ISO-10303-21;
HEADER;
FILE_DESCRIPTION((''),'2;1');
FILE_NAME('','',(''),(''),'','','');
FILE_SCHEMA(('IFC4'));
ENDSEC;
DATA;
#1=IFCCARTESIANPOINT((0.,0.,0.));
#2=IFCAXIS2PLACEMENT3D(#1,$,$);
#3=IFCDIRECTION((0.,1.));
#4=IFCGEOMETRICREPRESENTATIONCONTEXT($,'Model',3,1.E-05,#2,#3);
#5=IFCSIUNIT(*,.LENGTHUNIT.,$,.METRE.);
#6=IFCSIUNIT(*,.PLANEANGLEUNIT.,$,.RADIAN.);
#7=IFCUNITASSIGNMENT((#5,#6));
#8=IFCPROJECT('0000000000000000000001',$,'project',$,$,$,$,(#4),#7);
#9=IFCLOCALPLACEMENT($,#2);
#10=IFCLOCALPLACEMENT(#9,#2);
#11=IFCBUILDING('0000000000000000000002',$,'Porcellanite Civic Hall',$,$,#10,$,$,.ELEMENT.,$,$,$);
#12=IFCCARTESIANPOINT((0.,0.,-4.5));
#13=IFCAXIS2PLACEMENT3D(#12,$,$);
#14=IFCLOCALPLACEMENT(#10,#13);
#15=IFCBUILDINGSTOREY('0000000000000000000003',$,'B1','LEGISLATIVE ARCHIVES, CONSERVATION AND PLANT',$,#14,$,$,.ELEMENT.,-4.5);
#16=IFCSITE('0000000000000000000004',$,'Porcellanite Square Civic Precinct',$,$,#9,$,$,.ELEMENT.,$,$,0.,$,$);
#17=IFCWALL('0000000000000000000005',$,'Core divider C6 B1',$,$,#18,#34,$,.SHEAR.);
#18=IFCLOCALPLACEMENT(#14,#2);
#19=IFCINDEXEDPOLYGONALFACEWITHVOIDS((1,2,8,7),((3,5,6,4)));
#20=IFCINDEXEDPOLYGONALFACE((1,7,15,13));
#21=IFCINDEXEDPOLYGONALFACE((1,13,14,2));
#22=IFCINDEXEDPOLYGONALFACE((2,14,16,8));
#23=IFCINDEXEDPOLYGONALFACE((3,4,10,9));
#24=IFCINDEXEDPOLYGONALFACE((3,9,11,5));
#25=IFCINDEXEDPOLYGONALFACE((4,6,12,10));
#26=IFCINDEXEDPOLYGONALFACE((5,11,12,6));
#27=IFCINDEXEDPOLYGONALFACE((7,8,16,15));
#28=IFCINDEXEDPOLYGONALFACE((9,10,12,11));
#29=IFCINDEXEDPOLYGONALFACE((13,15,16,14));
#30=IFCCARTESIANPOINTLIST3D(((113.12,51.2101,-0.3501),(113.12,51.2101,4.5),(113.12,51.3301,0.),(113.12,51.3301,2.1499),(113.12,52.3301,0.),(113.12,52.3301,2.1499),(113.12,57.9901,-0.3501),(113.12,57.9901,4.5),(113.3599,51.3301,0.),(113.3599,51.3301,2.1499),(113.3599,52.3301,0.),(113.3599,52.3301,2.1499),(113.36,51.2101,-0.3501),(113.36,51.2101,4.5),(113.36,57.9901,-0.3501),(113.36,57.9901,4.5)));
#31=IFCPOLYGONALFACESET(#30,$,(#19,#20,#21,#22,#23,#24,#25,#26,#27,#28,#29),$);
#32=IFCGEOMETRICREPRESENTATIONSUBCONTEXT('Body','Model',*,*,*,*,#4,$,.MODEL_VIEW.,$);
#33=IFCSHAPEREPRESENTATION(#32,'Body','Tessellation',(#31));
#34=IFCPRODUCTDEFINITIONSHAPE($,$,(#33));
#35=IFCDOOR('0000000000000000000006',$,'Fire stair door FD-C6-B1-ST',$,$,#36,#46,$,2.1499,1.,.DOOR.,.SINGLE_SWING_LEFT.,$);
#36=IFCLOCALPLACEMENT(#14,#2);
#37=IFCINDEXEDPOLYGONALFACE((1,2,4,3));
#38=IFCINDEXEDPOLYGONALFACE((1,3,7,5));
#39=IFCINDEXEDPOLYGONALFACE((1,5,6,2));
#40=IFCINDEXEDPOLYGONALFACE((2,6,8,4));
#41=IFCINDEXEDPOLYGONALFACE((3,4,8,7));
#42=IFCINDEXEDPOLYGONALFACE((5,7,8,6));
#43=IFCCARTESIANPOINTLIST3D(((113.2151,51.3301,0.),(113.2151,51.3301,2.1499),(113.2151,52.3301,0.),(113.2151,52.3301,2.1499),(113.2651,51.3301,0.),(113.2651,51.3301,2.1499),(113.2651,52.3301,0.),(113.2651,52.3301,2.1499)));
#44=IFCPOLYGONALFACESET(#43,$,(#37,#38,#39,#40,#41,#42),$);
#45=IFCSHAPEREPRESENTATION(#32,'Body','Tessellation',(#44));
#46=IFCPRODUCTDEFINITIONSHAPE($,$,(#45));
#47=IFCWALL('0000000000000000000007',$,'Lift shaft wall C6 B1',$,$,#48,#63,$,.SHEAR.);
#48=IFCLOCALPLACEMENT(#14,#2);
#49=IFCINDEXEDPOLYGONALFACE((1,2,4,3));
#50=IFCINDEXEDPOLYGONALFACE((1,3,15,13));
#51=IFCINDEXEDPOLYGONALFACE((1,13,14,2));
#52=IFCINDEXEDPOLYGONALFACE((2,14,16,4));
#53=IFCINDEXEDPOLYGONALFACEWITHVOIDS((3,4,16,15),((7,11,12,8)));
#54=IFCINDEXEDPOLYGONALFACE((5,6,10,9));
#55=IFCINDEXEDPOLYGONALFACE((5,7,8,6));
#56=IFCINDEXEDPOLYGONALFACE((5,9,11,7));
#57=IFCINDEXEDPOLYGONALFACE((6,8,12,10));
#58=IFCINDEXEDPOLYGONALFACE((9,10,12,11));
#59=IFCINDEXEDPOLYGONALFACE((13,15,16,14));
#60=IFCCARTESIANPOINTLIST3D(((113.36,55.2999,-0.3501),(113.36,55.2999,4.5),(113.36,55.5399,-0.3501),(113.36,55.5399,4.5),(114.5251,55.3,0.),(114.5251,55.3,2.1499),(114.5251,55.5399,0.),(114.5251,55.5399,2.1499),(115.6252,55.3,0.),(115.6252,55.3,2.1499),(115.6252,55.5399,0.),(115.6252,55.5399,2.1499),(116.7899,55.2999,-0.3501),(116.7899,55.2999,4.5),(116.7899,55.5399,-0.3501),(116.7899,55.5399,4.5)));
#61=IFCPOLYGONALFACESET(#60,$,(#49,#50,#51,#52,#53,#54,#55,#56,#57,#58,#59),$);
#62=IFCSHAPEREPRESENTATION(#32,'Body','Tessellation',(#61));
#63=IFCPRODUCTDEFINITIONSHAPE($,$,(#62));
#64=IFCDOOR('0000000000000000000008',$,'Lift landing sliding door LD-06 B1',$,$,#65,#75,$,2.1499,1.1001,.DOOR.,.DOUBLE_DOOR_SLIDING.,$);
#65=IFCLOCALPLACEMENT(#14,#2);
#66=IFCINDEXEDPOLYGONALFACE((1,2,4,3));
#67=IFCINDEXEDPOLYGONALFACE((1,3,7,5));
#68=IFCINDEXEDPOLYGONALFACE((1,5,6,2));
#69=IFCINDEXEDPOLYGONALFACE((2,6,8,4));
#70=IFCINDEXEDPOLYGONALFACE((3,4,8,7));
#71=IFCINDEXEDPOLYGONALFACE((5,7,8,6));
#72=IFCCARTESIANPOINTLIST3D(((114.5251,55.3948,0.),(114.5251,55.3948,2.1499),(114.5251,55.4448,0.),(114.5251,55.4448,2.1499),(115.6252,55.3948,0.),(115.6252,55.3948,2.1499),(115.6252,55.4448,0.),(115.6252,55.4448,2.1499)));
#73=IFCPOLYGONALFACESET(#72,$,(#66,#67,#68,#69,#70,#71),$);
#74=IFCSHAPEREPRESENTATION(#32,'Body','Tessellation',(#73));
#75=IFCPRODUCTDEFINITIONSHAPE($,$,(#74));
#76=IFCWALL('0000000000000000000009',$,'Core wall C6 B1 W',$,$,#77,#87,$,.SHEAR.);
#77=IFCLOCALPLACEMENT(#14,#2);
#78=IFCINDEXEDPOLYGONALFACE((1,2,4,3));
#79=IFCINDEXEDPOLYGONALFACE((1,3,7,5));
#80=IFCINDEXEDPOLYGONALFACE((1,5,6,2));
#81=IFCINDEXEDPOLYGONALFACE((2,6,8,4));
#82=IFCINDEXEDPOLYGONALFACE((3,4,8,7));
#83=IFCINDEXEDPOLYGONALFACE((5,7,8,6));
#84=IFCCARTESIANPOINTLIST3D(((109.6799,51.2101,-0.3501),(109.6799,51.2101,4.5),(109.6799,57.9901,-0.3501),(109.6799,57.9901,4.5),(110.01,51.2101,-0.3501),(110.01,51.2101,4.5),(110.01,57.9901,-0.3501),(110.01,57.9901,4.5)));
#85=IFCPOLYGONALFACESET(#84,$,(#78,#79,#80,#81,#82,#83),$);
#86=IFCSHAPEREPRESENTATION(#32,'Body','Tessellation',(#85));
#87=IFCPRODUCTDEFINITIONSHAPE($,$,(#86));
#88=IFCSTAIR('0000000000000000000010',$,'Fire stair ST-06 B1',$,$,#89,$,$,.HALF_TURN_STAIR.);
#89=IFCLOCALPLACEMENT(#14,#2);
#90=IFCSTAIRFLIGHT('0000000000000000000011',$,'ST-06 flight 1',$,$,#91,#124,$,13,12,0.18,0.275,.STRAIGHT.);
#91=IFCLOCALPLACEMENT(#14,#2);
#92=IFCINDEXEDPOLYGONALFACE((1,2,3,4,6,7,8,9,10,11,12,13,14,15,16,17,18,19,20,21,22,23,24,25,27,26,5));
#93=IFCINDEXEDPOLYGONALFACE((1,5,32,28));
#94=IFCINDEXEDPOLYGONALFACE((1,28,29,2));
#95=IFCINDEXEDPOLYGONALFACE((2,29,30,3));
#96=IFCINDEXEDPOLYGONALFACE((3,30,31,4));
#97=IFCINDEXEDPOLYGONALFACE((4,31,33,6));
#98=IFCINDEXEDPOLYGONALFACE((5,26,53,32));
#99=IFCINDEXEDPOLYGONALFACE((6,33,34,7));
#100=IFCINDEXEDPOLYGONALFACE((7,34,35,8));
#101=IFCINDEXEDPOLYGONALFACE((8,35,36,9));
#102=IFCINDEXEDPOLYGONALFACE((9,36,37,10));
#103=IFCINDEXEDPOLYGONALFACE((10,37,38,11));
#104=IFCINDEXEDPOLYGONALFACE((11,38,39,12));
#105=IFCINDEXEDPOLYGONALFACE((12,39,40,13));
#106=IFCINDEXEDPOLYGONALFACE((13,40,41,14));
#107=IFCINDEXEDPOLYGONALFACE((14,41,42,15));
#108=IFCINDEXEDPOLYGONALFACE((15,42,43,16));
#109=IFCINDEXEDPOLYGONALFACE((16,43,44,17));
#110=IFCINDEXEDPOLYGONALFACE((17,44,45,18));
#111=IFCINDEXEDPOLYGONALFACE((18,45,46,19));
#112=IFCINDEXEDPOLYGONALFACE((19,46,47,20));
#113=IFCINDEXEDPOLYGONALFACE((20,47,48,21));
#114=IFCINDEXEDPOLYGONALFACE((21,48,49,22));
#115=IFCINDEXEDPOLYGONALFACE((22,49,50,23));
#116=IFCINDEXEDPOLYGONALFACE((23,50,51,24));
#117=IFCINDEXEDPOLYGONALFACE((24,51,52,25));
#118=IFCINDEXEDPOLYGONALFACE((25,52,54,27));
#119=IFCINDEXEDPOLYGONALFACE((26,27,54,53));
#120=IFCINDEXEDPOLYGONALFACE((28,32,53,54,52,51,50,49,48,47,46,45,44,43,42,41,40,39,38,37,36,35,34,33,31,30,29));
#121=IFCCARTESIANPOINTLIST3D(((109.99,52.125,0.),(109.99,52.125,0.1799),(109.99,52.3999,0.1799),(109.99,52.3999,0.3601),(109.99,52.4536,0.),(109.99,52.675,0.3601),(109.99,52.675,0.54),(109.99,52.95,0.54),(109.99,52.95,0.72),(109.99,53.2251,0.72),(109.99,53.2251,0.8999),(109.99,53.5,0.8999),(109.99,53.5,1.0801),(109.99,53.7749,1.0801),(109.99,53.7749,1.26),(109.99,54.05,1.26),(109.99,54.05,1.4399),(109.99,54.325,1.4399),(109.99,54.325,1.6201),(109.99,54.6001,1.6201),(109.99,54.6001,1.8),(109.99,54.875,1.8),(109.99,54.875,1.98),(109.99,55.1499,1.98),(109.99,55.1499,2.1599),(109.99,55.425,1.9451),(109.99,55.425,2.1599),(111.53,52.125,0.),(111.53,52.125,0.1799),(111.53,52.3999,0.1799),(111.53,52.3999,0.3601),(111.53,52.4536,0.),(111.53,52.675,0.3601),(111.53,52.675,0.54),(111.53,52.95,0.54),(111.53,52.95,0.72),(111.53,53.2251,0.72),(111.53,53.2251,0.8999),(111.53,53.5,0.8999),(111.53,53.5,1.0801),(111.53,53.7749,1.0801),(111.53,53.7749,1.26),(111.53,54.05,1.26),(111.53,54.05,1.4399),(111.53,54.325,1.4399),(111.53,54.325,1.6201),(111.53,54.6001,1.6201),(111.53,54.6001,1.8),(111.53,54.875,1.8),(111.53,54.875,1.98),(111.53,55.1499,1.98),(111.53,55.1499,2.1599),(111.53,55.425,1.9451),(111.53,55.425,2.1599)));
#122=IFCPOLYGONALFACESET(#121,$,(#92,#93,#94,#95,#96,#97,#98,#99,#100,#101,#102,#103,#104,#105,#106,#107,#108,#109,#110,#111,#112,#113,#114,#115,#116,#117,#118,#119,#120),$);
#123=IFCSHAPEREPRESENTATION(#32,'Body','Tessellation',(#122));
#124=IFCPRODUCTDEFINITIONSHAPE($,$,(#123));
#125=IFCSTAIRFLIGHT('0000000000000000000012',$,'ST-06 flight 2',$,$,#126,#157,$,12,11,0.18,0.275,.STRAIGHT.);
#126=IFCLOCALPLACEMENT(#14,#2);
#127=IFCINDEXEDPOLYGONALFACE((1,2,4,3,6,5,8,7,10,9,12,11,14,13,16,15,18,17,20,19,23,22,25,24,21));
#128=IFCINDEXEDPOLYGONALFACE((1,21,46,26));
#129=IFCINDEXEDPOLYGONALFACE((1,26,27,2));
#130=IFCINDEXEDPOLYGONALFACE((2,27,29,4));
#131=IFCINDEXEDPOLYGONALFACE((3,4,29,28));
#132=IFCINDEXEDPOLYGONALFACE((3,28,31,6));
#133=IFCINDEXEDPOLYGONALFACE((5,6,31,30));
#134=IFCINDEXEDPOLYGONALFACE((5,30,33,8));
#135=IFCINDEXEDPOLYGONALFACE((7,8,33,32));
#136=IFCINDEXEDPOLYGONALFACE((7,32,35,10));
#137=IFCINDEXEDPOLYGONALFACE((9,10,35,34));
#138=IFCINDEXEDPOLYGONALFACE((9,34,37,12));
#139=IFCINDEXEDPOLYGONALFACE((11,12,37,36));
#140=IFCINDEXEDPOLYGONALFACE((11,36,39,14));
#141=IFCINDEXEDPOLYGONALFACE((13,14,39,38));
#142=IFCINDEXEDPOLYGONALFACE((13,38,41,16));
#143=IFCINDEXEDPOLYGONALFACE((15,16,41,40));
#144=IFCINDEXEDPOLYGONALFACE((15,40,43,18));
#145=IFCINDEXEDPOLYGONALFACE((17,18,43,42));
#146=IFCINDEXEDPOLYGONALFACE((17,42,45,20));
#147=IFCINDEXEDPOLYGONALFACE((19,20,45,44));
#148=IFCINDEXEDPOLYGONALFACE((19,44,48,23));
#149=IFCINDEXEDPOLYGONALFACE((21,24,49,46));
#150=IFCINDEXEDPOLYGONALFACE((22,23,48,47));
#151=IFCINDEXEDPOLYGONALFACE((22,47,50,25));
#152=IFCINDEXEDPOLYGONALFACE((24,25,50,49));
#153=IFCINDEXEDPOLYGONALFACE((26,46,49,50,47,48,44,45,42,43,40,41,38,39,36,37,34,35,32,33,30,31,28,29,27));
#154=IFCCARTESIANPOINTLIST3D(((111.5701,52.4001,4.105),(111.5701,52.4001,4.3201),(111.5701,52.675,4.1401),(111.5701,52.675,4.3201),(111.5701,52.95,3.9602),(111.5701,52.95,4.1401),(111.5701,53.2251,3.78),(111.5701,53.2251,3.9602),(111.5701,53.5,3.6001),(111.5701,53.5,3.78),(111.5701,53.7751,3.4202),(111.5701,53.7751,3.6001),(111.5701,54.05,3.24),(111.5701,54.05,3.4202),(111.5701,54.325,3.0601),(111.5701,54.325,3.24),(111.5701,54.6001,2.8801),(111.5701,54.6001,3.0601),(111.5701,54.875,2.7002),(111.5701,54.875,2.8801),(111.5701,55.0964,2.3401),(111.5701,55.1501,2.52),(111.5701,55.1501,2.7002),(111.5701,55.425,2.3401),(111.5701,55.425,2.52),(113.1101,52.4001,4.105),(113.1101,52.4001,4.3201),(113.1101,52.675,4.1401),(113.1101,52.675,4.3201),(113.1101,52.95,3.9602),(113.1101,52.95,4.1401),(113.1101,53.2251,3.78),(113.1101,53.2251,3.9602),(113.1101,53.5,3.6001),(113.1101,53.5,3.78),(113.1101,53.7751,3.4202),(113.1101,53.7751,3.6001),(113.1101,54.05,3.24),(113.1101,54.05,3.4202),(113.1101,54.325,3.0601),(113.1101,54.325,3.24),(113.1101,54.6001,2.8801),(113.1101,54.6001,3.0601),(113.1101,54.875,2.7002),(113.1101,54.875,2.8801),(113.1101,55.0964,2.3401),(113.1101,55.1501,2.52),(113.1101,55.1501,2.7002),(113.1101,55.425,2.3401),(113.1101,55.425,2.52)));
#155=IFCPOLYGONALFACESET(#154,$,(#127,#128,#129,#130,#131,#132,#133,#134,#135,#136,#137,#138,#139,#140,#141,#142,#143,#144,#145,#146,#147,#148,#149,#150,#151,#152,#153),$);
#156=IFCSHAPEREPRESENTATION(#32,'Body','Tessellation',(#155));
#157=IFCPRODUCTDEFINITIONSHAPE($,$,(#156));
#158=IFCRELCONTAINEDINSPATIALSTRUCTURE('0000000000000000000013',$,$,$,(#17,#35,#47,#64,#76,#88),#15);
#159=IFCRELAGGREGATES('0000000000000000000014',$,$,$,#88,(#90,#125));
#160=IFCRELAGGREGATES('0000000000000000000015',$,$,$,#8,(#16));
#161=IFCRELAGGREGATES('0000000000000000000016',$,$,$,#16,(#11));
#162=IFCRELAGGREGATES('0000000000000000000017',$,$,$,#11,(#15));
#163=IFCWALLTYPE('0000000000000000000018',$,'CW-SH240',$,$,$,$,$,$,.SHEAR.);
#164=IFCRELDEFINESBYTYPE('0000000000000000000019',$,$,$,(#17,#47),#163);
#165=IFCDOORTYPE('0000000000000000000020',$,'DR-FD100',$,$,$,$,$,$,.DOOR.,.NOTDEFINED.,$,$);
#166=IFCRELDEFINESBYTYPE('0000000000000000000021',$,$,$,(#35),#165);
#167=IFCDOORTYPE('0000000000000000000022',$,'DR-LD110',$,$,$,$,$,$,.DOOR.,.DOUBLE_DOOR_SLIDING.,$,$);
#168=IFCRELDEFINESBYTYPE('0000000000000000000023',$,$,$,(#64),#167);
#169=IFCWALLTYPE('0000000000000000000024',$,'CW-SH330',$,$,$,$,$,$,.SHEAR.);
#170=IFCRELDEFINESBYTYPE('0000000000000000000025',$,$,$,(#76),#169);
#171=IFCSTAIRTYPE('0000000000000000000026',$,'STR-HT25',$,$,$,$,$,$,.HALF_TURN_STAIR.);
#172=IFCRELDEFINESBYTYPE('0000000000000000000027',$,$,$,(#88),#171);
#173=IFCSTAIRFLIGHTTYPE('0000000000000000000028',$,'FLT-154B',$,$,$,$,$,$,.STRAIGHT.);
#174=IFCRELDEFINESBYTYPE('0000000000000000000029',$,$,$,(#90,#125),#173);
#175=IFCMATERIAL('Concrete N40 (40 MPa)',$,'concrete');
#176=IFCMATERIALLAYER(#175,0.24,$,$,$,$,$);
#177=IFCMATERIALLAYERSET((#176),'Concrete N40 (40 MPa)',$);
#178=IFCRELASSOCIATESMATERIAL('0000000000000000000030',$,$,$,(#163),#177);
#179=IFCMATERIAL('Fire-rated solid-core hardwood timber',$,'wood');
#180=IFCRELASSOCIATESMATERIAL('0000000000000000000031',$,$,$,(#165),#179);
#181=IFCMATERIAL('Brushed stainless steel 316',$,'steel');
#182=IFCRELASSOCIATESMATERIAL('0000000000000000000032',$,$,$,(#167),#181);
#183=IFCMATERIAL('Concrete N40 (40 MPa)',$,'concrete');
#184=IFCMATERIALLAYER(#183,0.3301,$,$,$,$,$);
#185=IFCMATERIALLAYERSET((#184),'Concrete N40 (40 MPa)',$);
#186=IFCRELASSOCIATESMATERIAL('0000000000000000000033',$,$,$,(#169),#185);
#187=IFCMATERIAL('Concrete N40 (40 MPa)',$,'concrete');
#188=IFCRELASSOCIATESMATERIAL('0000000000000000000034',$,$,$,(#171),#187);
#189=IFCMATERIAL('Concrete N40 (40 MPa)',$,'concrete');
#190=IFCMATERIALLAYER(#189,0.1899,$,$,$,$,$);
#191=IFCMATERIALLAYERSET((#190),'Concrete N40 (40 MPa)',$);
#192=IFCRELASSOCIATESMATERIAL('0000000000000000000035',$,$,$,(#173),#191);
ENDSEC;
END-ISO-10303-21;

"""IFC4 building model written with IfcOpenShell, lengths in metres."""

from ifc_helpers import new_model, si_unit, direction, frame, frame_2d, origin, place, context, subcontext, project, spatial, polyline, rectangle, outline, extrude, material, layer, layer_set, type_object, element, fill, aggregate, save


model = new_model("IFC4")

# Units and contexts
model_context = context("Model", 3, precision=1e-05, world=origin(), true_north=direction((0.0, 1.0)))
body_context = subcontext(model_context, "Body", "Model", "MODEL_VIEW")
ifc_project = project(units=[si_unit("LENGTHUNIT", "METRE"), si_unit("PLANEANGLEUNIT", "RADIAN")], contexts=[model_context])

# Site, building, storey
site_placement = place(None, origin())
site = spatial("IfcSite", under=ifc_project, at=site_placement, Name="Porcellanite Square Civic Precinct", CompositionType="ELEMENT", RefElevation=0.0)
building_placement = place(site_placement, origin())
building = spatial("IfcBuilding", under=site, at=building_placement, Name="Porcellanite Civic Hall", CompositionType="ELEMENT")
storey_placement = place(building_placement, frame((0.0, 0.0, -4.5)))
storey = spatial("IfcBuildingStorey", under=building, at=storey_placement, Name="B1", Description="LEGISLATIVE ARCHIVES, CONSERVATION AND PLANT", CompositionType="ELEMENT", Elevation=-4.5)

# Walls, openings, doors
ifc_material_1 = material(Name="Concrete N40 (40 MPa)", Category="concrete")
ifc_layer_1 = layer(ifc_material_1, 0.24)
ifc_layer_set_1 = layer_set([ifc_layer_1], Name="Concrete N40 (40 MPa)")
wall_type_1 = type_object("IfcWallType", Name="CW-SH240", PredefinedType="SHEAR", material=ifc_layer_set_1)
wall_1_placement = place(storey_placement, frame((113.24, 51.21, -0.3501), z_axis=(0.0, 0.0, 1.0), x_axis=(0.0, 1.0, 0.0)))
wall_1 = element("IfcWall", 1, at=wall_1_placement, inside=storey, type_object=wall_type_1, Name="Core divider C6 B1", PredefinedType="SHEAR", context=body_context, shape_type="SweptSolid", body=[
    extrude(rectangle(XDim=6.78, YDim=0.24, at=frame_2d((3.3901, 0.0))), origin(), (0.0, 0.0, 1.0), 4.8501),
])
opening_1_placement = place(wall_1_placement, frame((0.1201, 0.0, 0.3501)))
opening_1 = element("IfcOpeningElement", 2, at=opening_1_placement, cuts=wall_1, PredefinedType="OPENING", context=body_context, shape_type="SweptSolid", body=[
    extrude(rectangle(XDim=1.0, YDim=2.1499, at=frame_2d((0.5, 1.075))), frame((0.0, 0.1201, 0.0), z_axis=(0.0, -1.0, 0.0), x_axis=(1.0, 0.0, 0.0)), (0.0, 0.0, 1.0), 0.24),
])
ifc_material_2 = material(Name="Fire-rated solid-core hardwood timber", Category="wood")
door_type_1 = type_object("IfcDoorType", Name="DR-FD100", OperationType="NOTDEFINED", PredefinedType="DOOR", material=ifc_material_2)
door_1_placement = place(opening_1_placement, origin())
door_1 = element("IfcDoor", 3, at=door_1_placement, inside=storey, type_object=door_type_1, Name="Fire stair door FD-C6-B1-ST", OperationType="SINGLE_SWING_LEFT", OverallHeight=2.1499, OverallWidth=1.0, PredefinedType="DOOR", context=body_context, shape_type="SweptSolid", body=[
    extrude(rectangle(XDim=1.0, YDim=2.1499, at=frame_2d((0.5, 1.075))), frame((0.0, 0.0249, 0.0), z_axis=(0.0, -1.0, 0.0), x_axis=(1.0, 0.0, 0.0)), (0.0, 0.0, 1.0), 0.05),
])
fill(opening_1, door_1)
wall_2_placement = place(storey_placement, frame((113.3601, 55.4199, -0.3501), z_axis=(0.0, 0.0, 1.0), x_axis=(1.0, 0.0, 0.0)))
wall_2 = element("IfcWall", 4, at=wall_2_placement, inside=storey, type_object=wall_type_1, Name="Lift shaft wall C6 B1", PredefinedType="SHEAR", context=body_context, shape_type="SweptSolid", body=[
    extrude(rectangle(XDim=3.4299, YDim=0.24, at=frame_2d((1.7148, 0.0))), origin(), (0.0, 0.0, 1.0), 4.8501),
])
opening_2_placement = place(wall_2_placement, frame((1.165, 0.0, 0.3501)))
opening_2 = element("IfcOpeningElement", 5, at=opening_2_placement, cuts=wall_2, PredefinedType="OPENING", context=body_context, shape_type="SweptSolid", body=[
    extrude(rectangle(XDim=1.1001, YDim=2.1499, at=frame_2d((0.55, 1.075))), frame((0.0, 0.1201, 0.0), z_axis=(0.0, -1.0, 0.0), x_axis=(1.0, 0.0, 0.0)), (0.0, 0.0, 1.0), 0.24),
])
ifc_material_3 = material(Name="Brushed stainless steel 316", Category="steel")
door_type_2 = type_object("IfcDoorType", Name="DR-LD110", OperationType="DOUBLE_DOOR_SLIDING", PredefinedType="DOOR", material=ifc_material_3)
door_2_placement = place(opening_2_placement, origin())
door_2 = element("IfcDoor", 6, at=door_2_placement, inside=storey, type_object=door_type_2, Name="Lift landing sliding door LD-06 B1", OperationType="DOUBLE_DOOR_SLIDING", OverallHeight=2.1499, OverallWidth=1.1001, PredefinedType="DOOR", context=body_context, shape_type="SweptSolid", body=[
    extrude(rectangle(XDim=1.1001, YDim=2.1499, at=frame_2d((0.55, 1.075))), frame((0.0, 0.0249, 0.0), z_axis=(0.0, -1.0, 0.0), x_axis=(1.0, 0.0, 0.0)), (0.0, 0.0, 1.0), 0.05),
])
fill(opening_2, door_2)

# Wall
ifc_material_4 = material(Name="Concrete N40 (40 MPa)", Category="concrete")
ifc_layer_2 = layer(ifc_material_4, 0.3301)
ifc_layer_set_2 = layer_set([ifc_layer_2], Name="Concrete N40 (40 MPa)")
wall_type_2 = type_object("IfcWallType", Name="CW-SH330", PredefinedType="SHEAR", material=ifc_layer_set_2)
wall_3_placement = place(storey_placement, frame((109.845, 51.21, -0.3501), z_axis=(0.0, 0.0, 1.0), x_axis=(0.0, 1.0, 0.0)))
element("IfcWall", 7, at=wall_3_placement, inside=storey, type_object=wall_type_2, Name="Core wall C6 B1 W", PredefinedType="SHEAR", context=body_context, shape_type="SweptSolid", body=[
    extrude(rectangle(XDim=6.78, YDim=0.3301, at=frame_2d((3.3901, 0.0))), origin(), (0.0, 0.0, 1.0), 4.8501),
])

# Stair, stair flights
ifc_material_5 = material(Name="Concrete N40 (40 MPa)", Category="concrete")
stair_type = type_object("IfcStairType", Name="STR-HT25", PredefinedType="HALF_TURN_STAIR", material=ifc_material_5)
stair_placement = place(storey_placement, origin())
stair = element("IfcStair", 8, at=stair_placement, inside=storey, type_object=stair_type, Name="Fire stair ST-06 B1", PredefinedType="HALF_TURN_STAIR")
ifc_material_6 = material(Name="Concrete N40 (40 MPa)", Category="concrete")
ifc_layer_3 = layer(ifc_material_6, 0.1899)
ifc_layer_set_3 = layer_set([ifc_layer_3], Name="Concrete N40 (40 MPa)")
stair_flight_type = type_object("IfcStairFlightType", Name="FLT-154B", PredefinedType="STRAIGHT", material=ifc_layer_set_3)
stair_flight_1_placement = place(storey_placement, frame((110.76, 52.125, 0.0), z_axis=(0.0, 0.0, 1.0), x_axis=(0.0, 1.0, 0.0)))
stair_flight_1 = element("IfcStairFlight", 9, at=stair_flight_1_placement, type_object=stair_flight_type, Name="ST-06 flight 1", NumberOfRisers=13, NumberOfTreads=12, PredefinedType="STRAIGHT", RiserHeight=0.18, TreadLength=0.275, context=body_context, shape_type="SweptSolid", body=[
    extrude(outline(polyline([(0.0, 0.0), (0.0, 0.1799), (0.2749, 0.1799), (0.2749, 0.3601), (0.55, 0.3601), (0.55, 0.54), (0.825, 0.54), (0.825, 0.72), (1.1001, 0.72), (1.1001, 0.8999), (1.375, 0.8999), (1.375, 1.0801), (1.6499, 1.0801), (1.6499, 1.26), (1.925, 1.26), (1.925, 1.4399), (2.2, 1.4399), (2.2, 1.6201), (2.4751, 1.6201), (2.4751, 1.8), (2.75, 1.8), (2.75, 1.98), (3.0249, 1.98), (3.0249, 2.1599), (3.3, 2.1599), (3.3, 2.3401), (3.3, 1.9451), (0.3286, 0.0), (0.0, 0.0)])), frame((0.0, 0.77, 0.0), z_axis=(0.0, -1.0, 0.0), x_axis=(1.0, 0.0, 0.0)), (0.0, 0.0, 1.0), 1.54),
])
stair_flight_2_placement = place(storey_placement, frame((112.3401, 55.425, 2.3401), z_axis=(0.0, 0.0, 1.0), x_axis=(0.0, -1.0, 0.0)))
stair_flight_2 = element("IfcStairFlight", 10, at=stair_flight_2_placement, type_object=stair_flight_type, Name="ST-06 flight 2", NumberOfRisers=12, NumberOfTreads=11, PredefinedType="STRAIGHT", RiserHeight=0.18, TreadLength=0.275, context=body_context, shape_type="SweptSolid", body=[
    extrude(outline(polyline([(0.0, 0.0), (0.0, 0.1799), (0.2749, 0.1799), (0.2749, 0.3601), (0.55, 0.3601), (0.55, 0.54), (0.825, 0.54), (0.825, 0.72), (1.1001, 0.72), (1.1001, 0.8999), (1.375, 0.8999), (1.375, 1.0801), (1.6499, 1.0801), (1.6499, 1.26), (1.925, 1.26), (1.925, 1.4399), (2.2, 1.4399), (2.2, 1.6201), (2.4751, 1.6201), (2.4751, 1.8), (2.75, 1.8), (2.75, 1.98), (3.0249, 1.98), (3.0249, 2.1599), (3.0249, 1.7649), (0.3286, 0.0), (0.0, 0.0)])), frame((0.0, 0.77, 0.0), z_axis=(0.0, -1.0, 0.0), x_axis=(1.0, 0.0, 0.0)), (0.0, 0.0, 1.0), 1.54),
])
aggregate(stair, [stair_flight_1, stair_flight_2])

save(model, "model.ifc")
